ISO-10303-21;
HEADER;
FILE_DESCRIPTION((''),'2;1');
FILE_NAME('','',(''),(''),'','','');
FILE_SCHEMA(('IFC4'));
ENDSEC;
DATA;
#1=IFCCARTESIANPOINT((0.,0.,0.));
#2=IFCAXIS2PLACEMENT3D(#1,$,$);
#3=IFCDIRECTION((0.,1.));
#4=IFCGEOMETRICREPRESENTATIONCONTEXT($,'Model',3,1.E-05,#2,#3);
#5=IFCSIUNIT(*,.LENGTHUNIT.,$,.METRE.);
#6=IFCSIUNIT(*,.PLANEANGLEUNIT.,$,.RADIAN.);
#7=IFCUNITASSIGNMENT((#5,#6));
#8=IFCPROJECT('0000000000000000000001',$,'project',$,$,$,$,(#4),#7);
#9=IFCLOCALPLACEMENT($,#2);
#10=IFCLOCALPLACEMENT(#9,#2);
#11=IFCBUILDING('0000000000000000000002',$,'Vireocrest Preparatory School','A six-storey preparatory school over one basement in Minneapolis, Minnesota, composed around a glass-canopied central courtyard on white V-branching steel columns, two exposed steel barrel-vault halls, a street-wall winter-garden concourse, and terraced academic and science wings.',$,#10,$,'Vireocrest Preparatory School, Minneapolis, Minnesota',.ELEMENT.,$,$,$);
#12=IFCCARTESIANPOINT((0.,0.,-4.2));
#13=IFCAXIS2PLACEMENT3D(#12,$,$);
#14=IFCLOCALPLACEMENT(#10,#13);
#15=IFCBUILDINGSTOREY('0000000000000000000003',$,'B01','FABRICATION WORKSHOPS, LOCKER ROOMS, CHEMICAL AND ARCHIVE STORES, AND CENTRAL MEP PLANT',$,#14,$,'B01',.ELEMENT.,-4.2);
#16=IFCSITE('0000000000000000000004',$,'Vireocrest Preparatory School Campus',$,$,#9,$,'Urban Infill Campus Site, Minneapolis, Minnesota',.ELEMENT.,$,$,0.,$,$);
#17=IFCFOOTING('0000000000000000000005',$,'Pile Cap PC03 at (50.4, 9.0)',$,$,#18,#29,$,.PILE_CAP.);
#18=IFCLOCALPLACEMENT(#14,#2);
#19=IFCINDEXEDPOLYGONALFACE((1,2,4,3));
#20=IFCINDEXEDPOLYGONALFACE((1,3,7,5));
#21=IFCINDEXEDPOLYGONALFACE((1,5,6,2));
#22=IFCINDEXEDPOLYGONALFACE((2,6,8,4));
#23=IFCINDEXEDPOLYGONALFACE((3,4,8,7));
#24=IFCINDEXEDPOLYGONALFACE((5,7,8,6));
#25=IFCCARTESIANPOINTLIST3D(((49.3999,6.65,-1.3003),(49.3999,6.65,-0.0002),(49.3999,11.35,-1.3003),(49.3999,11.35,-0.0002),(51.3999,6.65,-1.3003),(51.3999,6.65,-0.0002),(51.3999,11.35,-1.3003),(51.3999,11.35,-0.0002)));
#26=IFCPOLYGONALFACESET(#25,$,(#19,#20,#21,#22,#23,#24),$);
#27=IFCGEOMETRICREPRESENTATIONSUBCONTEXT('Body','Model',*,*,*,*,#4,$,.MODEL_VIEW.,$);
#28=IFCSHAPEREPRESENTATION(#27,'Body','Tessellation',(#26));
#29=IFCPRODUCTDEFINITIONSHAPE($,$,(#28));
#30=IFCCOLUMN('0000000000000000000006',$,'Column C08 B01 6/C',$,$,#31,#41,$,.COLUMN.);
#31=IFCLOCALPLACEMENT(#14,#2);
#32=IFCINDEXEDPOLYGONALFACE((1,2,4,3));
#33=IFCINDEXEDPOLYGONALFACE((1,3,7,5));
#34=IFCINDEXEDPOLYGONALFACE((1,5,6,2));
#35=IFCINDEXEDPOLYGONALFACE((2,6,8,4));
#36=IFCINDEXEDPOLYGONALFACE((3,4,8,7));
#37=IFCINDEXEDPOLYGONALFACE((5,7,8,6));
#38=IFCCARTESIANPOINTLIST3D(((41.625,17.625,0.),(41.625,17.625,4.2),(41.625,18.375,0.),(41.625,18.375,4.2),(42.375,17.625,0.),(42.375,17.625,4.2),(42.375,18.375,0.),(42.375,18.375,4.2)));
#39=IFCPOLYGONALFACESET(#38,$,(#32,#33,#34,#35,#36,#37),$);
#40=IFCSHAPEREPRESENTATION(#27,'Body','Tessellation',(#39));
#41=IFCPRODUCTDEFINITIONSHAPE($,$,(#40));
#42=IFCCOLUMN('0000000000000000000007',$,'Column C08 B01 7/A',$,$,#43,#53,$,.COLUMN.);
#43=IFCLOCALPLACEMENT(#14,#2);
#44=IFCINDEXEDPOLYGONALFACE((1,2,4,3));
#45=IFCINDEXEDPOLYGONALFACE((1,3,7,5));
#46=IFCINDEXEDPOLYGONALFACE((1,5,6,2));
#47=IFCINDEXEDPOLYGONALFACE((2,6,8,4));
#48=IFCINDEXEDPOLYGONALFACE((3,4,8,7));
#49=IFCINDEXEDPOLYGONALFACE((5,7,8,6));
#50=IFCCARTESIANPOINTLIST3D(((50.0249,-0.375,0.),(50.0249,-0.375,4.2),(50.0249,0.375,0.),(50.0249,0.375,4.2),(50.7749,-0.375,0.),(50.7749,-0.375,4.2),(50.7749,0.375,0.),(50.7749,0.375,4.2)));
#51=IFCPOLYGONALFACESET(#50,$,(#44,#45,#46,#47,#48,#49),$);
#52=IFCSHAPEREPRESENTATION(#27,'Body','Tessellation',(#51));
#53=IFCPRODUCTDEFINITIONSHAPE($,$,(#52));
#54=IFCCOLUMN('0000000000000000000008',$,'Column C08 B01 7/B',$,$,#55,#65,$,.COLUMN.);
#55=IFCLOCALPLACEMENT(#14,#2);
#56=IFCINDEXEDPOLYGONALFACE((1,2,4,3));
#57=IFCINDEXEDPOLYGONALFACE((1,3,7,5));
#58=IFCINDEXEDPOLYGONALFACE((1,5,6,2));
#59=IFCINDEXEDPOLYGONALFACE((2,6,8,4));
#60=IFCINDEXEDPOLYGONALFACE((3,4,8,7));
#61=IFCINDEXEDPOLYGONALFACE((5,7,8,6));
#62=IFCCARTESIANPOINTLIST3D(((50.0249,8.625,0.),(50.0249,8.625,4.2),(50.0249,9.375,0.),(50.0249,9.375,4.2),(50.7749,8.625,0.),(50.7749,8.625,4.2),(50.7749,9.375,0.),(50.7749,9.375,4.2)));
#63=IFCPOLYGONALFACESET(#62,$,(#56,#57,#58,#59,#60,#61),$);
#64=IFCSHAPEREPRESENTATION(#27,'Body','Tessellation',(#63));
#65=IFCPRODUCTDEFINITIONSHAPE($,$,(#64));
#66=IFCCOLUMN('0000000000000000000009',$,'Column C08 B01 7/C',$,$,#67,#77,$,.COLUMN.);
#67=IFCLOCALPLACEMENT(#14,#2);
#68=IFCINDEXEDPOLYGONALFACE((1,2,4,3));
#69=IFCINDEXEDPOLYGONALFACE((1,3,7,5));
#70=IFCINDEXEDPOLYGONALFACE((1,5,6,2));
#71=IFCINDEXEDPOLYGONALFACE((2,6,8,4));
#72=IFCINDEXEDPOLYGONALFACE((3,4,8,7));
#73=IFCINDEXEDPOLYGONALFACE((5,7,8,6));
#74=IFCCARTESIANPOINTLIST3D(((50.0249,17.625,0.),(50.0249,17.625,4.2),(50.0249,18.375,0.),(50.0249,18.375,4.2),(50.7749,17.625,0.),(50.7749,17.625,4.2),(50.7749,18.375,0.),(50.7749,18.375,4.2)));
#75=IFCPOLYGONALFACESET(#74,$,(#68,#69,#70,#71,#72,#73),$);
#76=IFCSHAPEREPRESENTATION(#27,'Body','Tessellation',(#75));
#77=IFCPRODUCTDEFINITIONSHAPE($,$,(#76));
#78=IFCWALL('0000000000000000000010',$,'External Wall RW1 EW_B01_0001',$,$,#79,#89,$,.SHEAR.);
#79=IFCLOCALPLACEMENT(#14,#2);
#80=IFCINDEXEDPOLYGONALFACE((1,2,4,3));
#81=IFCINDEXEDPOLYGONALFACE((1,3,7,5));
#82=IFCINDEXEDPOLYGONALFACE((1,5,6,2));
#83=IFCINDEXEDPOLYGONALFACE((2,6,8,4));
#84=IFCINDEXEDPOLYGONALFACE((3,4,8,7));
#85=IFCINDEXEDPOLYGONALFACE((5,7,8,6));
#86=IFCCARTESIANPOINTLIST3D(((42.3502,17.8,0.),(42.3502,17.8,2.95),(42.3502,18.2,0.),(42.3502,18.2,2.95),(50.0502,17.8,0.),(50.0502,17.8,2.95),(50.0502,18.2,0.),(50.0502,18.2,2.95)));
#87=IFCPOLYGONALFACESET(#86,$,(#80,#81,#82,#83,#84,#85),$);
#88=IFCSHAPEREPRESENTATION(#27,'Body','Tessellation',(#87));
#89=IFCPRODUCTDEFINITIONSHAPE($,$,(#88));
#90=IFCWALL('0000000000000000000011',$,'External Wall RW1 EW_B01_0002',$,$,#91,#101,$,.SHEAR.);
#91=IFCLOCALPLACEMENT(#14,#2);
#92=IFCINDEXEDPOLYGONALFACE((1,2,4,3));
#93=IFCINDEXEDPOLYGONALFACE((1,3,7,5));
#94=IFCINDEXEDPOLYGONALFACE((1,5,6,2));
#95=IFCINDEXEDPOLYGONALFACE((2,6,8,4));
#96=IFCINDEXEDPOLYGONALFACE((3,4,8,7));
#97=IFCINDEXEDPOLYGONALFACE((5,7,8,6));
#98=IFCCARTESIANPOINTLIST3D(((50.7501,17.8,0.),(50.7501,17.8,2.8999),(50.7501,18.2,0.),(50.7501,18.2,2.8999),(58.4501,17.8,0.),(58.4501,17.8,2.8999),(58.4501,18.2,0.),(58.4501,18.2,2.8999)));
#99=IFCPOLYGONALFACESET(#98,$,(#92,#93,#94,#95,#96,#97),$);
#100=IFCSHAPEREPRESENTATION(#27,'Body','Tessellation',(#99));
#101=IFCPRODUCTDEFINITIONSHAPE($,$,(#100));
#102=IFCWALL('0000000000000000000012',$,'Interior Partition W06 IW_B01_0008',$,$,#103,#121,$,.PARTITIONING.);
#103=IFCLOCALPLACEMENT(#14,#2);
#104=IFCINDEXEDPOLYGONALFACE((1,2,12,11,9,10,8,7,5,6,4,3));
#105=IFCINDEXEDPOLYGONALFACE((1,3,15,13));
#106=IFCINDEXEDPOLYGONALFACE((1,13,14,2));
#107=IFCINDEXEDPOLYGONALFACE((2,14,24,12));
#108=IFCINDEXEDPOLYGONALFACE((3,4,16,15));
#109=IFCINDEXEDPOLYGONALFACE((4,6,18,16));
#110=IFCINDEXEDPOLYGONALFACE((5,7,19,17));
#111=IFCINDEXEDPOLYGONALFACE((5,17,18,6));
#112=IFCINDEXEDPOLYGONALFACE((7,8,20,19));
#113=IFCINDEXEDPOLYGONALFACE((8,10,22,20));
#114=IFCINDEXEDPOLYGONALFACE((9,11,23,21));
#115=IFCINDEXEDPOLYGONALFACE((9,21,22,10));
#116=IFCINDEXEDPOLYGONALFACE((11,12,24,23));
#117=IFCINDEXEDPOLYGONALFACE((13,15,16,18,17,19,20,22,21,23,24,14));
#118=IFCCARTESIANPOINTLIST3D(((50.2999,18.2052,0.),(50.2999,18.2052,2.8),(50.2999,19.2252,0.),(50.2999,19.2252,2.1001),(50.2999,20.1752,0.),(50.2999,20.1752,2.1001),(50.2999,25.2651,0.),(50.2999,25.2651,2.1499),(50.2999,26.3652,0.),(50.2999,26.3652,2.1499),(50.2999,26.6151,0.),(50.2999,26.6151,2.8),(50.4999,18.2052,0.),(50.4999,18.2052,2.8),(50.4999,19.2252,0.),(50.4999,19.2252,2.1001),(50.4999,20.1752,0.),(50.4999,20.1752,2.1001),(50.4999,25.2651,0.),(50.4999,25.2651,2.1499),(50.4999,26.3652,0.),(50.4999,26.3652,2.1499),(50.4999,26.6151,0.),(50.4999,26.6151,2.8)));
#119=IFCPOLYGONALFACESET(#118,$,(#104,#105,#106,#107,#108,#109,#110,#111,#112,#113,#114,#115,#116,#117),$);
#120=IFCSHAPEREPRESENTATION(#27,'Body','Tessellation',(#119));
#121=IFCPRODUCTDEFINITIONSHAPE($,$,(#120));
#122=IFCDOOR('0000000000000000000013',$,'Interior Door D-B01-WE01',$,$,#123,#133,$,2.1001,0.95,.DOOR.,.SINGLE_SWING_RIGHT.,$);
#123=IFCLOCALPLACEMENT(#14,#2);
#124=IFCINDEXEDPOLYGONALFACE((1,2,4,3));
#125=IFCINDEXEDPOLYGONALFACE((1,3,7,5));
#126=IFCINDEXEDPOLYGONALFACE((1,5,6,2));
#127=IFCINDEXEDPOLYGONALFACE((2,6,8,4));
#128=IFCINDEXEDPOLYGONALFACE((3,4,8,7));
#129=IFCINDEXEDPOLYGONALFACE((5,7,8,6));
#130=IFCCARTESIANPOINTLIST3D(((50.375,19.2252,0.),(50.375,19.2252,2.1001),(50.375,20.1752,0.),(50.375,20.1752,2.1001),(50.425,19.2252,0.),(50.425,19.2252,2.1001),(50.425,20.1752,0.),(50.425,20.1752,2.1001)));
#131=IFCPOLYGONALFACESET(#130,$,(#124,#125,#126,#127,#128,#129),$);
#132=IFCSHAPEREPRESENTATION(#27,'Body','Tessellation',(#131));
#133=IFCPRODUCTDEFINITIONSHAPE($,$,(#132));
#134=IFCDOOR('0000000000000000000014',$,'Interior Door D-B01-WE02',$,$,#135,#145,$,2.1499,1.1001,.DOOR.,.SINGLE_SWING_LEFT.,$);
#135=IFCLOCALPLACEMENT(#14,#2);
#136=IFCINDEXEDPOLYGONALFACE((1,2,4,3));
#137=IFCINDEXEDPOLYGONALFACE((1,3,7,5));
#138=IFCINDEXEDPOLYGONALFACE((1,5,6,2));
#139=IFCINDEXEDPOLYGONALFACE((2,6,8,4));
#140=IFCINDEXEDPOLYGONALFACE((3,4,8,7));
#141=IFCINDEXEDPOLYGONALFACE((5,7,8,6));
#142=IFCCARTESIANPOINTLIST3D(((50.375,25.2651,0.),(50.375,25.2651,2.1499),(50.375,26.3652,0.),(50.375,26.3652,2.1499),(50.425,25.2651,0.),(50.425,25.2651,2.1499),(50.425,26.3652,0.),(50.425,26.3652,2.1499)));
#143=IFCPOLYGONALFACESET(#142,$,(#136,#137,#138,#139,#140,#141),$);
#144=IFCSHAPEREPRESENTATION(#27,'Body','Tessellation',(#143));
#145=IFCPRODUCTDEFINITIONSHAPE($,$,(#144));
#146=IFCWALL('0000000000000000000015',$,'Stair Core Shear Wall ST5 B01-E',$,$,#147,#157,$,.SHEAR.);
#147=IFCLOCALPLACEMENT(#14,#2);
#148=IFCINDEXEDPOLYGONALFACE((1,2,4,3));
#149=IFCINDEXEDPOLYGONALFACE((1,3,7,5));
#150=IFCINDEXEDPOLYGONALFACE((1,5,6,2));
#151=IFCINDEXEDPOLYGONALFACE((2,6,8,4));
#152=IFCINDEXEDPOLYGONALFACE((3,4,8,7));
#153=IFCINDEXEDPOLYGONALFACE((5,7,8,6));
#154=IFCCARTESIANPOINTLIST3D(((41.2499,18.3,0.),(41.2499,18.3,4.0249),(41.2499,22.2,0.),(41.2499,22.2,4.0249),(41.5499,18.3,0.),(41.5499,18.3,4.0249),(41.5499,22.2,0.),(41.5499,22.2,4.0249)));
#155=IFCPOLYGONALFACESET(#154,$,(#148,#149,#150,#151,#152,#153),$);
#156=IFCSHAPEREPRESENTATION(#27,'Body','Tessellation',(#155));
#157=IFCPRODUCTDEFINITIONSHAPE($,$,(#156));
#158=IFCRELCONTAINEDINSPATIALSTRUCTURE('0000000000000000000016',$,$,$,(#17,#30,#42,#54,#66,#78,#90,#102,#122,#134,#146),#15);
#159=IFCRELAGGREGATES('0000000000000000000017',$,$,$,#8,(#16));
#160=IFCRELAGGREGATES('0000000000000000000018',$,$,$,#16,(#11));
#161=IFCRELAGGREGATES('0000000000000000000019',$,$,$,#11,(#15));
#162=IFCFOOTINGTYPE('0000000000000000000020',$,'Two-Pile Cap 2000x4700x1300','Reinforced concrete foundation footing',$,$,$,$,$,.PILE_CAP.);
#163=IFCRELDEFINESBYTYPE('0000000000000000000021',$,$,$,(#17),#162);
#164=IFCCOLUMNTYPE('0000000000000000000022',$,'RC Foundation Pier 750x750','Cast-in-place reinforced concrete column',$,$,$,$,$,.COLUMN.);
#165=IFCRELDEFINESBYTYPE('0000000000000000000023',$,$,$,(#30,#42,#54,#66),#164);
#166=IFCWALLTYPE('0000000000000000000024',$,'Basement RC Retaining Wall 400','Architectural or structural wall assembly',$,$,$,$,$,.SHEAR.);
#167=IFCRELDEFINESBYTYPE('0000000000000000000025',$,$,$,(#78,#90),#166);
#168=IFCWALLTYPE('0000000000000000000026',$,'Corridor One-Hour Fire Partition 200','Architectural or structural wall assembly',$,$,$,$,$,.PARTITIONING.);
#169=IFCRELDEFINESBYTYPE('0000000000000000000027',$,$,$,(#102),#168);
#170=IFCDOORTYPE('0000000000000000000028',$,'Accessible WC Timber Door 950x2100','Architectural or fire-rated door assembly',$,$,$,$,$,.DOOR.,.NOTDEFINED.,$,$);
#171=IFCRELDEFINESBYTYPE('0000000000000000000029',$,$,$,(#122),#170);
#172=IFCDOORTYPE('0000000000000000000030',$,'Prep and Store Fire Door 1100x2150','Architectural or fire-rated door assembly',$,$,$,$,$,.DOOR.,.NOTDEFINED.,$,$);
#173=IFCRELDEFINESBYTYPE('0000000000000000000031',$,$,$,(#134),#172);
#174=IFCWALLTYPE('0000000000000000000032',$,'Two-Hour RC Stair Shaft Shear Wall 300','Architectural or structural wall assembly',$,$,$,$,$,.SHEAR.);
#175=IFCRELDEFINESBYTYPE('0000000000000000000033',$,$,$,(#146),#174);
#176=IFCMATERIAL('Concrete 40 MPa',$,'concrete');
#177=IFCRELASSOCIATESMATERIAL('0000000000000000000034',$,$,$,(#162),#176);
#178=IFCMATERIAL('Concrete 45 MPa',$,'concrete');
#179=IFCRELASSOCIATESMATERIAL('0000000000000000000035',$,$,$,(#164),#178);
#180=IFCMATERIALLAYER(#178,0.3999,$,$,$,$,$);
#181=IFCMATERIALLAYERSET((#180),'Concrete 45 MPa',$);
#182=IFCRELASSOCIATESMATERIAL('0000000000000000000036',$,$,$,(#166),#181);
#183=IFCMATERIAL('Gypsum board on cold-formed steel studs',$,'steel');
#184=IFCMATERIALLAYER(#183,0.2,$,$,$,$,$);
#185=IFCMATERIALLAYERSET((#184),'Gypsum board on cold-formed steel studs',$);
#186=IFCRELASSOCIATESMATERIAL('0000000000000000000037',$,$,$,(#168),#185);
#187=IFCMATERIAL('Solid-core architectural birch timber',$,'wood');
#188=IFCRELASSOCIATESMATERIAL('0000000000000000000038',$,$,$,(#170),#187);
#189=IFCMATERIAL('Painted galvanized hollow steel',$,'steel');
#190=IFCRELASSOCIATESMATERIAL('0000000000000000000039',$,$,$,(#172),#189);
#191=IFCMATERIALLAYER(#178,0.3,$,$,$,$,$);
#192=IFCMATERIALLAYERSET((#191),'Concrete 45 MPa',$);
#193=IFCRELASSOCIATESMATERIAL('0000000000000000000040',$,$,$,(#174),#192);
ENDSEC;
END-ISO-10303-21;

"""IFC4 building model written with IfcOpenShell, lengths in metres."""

from ifc_helpers import new_model, si_unit, direction, frame, frame_2d, origin, origin_2d, place, context, subcontext, project, spatial, rectangle, extrude, material, layer, layer_set, material_profile, profile_set, type_object, element, fill, save


model = new_model("IFC4")

# Units and contexts
model_context = context("Model", 3, precision=1e-05, world=origin(), true_north=direction((0.0, 1.0)))
body_context = subcontext(model_context, "Body", "Model", "MODEL_VIEW")
ifc_project = project(units=[si_unit("LENGTHUNIT", "METRE"), si_unit("PLANEANGLEUNIT", "RADIAN")], contexts=[model_context])

# Site, building, storey
site_placement = place(None, origin())
site = spatial("IfcSite", under=ifc_project, at=site_placement, Name="Vireocrest Preparatory School Campus", LongName="Urban Infill Campus Site, Minneapolis, Minnesota", CompositionType="ELEMENT", RefElevation=0.0)
building_placement = place(site_placement, origin())
building = spatial("IfcBuilding", under=site, at=building_placement, Name="Vireocrest Preparatory School", Description="A six-storey preparatory school over one basement in Minneapolis, Minnesota, composed around a glass-canopied central courtyard on white V-branching steel columns, two exposed steel barrel-vault halls, a street-wall winter-garden concourse, and terraced academic and science wings.", LongName="Vireocrest Preparatory School, Minneapolis, Minnesota", CompositionType="ELEMENT")
storey_placement = place(building_placement, frame((0.0, 0.0, -4.2)))
storey = spatial("IfcBuildingStorey", under=building, at=storey_placement, Name="B01", Description="FABRICATION WORKSHOPS, LOCKER ROOMS, CHEMICAL AND ARCHIVE STORES, AND CENTRAL MEP PLANT", LongName="B01", CompositionType="ELEMENT", Elevation=-4.2)

# Shared definitions
ifc_material_1 = material(Name="Concrete 40 MPa", Category="concrete")

# Footing
footing_type_1 = type_object("IfcFootingType", Name="Two-Pile Cap 2000x4700x1300", Description="Reinforced concrete foundation footing", PredefinedType="PILE_CAP", material=ifc_material_1)
footing_1_placement = place(storey_placement, frame((50.3999, 9.0, -1.3003), z_axis=(0.0, 0.0, 1.0), x_axis=(1.0, 0.0, 0.0)))
element("IfcFooting", 1, at=footing_1_placement, inside=storey, type_object=footing_type_1, Name="Pile Cap PC03 at (50.4, 9.0)", PredefinedType="PILE_CAP", context=body_context, shape_type="SweptSolid", body=[
    extrude(rectangle(XDim=2.0, YDim=4.7, at=origin_2d()), origin(), (0.0, 0.0, 1.0), 1.3),
])

# Columns
ifc_material_2 = material(Name="Concrete 45 MPa", Category="concrete")
ifc_material_profile_1 = material_profile(ifc_material_2, rectangle(XDim=0.75, YDim=0.75, at=origin_2d()), Name="RC 750x750")
ifc_profile_set_1 = profile_set([ifc_material_profile_1], Name="Concrete 45 MPa")
column_type = type_object("IfcColumnType", Name="RC Foundation Pier 750x750", Description="Cast-in-place reinforced concrete column", PredefinedType="COLUMN", material=ifc_profile_set_1)
for number, where, z_axis, x_axis, name in (
    (2, (42.0, 18.0, 0.0), (0.0, 0.0, 1.0), (1.0, 0.0, 0.0), "Column C08 B01 6/C"),
    (3, (50.3999, 0.0, 0.0), (0.0, 0.0, 1.0), (1.0, 0.0, 0.0), "Column C08 B01 7/A"),
    (4, (50.3999, 9.0, 0.0), (0.0, 0.0, 1.0), (1.0, 0.0, 0.0), "Column C08 B01 7/B"),
    (5, (50.3999, 18.0, 0.0), (0.0, 0.0, 1.0), (1.0, 0.0, 0.0), "Column C08 B01 7/C"),
):
    element("IfcColumn", number, at=place(storey_placement, frame(where, z_axis=z_axis, x_axis=x_axis)), inside=storey, type_object=column_type, Name=name, PredefinedType="COLUMN", context=body_context, shape_type="SweptSolid", body=[
        extrude(rectangle(XDim=0.75, YDim=0.75, at=origin_2d()), origin(), (0.0, 0.0, 1.0), 4.2),
    ])

# Walls
ifc_layer_1 = layer(ifc_material_2, 0.3999)
ifc_layer_set_1 = layer_set([ifc_layer_1], Name="Concrete 45 MPa")
wall_type_1 = type_object("IfcWallType", Name="Basement RC Retaining Wall 400", Description="Architectural or structural wall assembly", PredefinedType="SHEAR", material=ifc_layer_set_1)
wall_1_placement = place(storey_placement, frame((42.3501, 18.0, 0.0), z_axis=(0.0, 0.0, 1.0), x_axis=(1.0, 0.0, 0.0)))
element("IfcWall", 6, at=wall_1_placement, inside=storey, type_object=wall_type_1, Name="External Wall RW1 EW_B01_0001", PredefinedType="SHEAR", context=body_context, shape_type="SweptSolid", body=[
    extrude(rectangle(XDim=7.7, YDim=0.3999, at=frame_2d((3.8501, 0.0))), origin(), (0.0, 0.0, 1.0), 2.95),
])
wall_2_placement = place(storey_placement, frame((50.75, 18.0, 0.0), z_axis=(0.0, 0.0, 1.0), x_axis=(1.0, 0.0, 0.0)))
element("IfcWall", 7, at=wall_2_placement, inside=storey, type_object=wall_type_1, Name="External Wall RW1 EW_B01_0002", PredefinedType="SHEAR", context=body_context, shape_type="SweptSolid", body=[
    extrude(rectangle(XDim=7.7, YDim=0.3999, at=frame_2d((3.8501, 0.0))), origin(), (0.0, 0.0, 1.0), 2.8999),
])

# Wall, openings, doors
ifc_material_3 = material(Name="Gypsum board on cold-formed steel studs", Category="steel")
ifc_layer_2 = layer(ifc_material_3, 0.2)
ifc_layer_set_2 = layer_set([ifc_layer_2], Name="Gypsum board on cold-formed steel studs")
wall_type_2 = type_object("IfcWallType", Name="Corridor One-Hour Fire Partition 200", Description="Architectural or structural wall assembly", PredefinedType="PARTITIONING", material=ifc_layer_set_2)
wall_3_placement = place(storey_placement, frame((50.3999, 18.2051, 0.0), z_axis=(0.0, 0.0, 1.0), x_axis=(0.0, 1.0, 0.0)))
wall_3 = element("IfcWall", 8, at=wall_3_placement, inside=storey, type_object=wall_type_2, Name="Interior Partition W06 IW_B01_0008", PredefinedType="PARTITIONING", context=body_context, shape_type="SweptSolid", body=[
    extrude(rectangle(XDim=8.4099, YDim=0.2, at=frame_2d((4.2051, 0.0))), origin(), (0.0, 0.0, 1.0), 2.8),
])
opening_1_placement = place(wall_3_placement, frame((1.02, 0.0, 0.0)))
opening_1 = element("IfcOpeningElement", 9, at=opening_1_placement, cuts=wall_3, PredefinedType="OPENING", context=body_context, shape_type="SweptSolid", body=[
    extrude(rectangle(XDim=0.95, YDim=2.1001, at=frame_2d((0.4751, 1.05))), frame((0.0, 0.1099, 0.0), z_axis=(0.0, -1.0, 0.0), x_axis=(1.0, 0.0, 0.0)), (0.0, 0.0, 1.0), 0.22),
])
opening_2_placement = place(wall_3_placement, frame((7.0601, 0.0, 0.0)))
opening_2 = element("IfcOpeningElement", 10, at=opening_2_placement, cuts=wall_3, PredefinedType="OPENING", context=body_context, shape_type="SweptSolid", body=[
    extrude(rectangle(XDim=1.1001, YDim=2.1499, at=frame_2d((0.55, 1.075))), frame((0.0, 0.1099, 0.0), z_axis=(0.0, -1.0, 0.0), x_axis=(1.0, 0.0, 0.0)), (0.0, 0.0, 1.0), 0.22),
])
ifc_material_4 = material(Name="Solid-core architectural birch timber", Category="wood")
door_type_1 = type_object("IfcDoorType", Name="Accessible WC Timber Door 950x2100", Description="Architectural or fire-rated door assembly", OperationType="NOTDEFINED", PredefinedType="DOOR", material=ifc_material_4)
door_1_placement = place(opening_1_placement, origin())
door_1 = element("IfcDoor", 11, at=door_1_placement, inside=storey, type_object=door_type_1, Name="Interior Door D-B01-WE01", OperationType="SINGLE_SWING_RIGHT", OverallHeight=2.1001, OverallWidth=0.95, PredefinedType="DOOR", context=body_context, shape_type="SweptSolid", body=[
    extrude(rectangle(XDim=0.95, YDim=2.1001, at=frame_2d((0.4751, 1.05))), frame((0.0, 0.0249, 0.0), z_axis=(0.0, -1.0, 0.0), x_axis=(1.0, 0.0, 0.0)), (0.0, 0.0, 1.0), 0.05),
])
fill(opening_1, door_1)
ifc_material_5 = material(Name="Painted galvanized hollow steel", Category="steel")
door_type_2 = type_object("IfcDoorType", Name="Prep and Store Fire Door 1100x2150", Description="Architectural or fire-rated door assembly", OperationType="NOTDEFINED", PredefinedType="DOOR", material=ifc_material_5)
door_2_placement = place(opening_2_placement, origin())
door_2 = element("IfcDoor", 12, at=door_2_placement, inside=storey, type_object=door_type_2, Name="Interior Door D-B01-WE02", OperationType="SINGLE_SWING_LEFT", OverallHeight=2.1499, OverallWidth=1.1001, PredefinedType="DOOR", context=body_context, shape_type="SweptSolid", body=[
    extrude(rectangle(XDim=1.1001, YDim=2.1499, at=frame_2d((0.55, 1.075))), frame((0.0, 0.0249, 0.0), z_axis=(0.0, -1.0, 0.0), x_axis=(1.0, 0.0, 0.0)), (0.0, 0.0, 1.0), 0.05),
])
fill(opening_2, door_2)

# Wall
ifc_layer_3 = layer(ifc_material_2, 0.3)
ifc_layer_set_3 = layer_set([ifc_layer_3], Name="Concrete 45 MPa")
wall_type_3 = type_object("IfcWallType", Name="Two-Hour RC Stair Shaft Shear Wall 300", Description="Architectural or structural wall assembly", PredefinedType="SHEAR", material=ifc_layer_set_3)
wall_4_placement = place(storey_placement, frame((41.3999, 18.3, 0.0), z_axis=(0.0, 0.0, 1.0), x_axis=(0.0, 1.0, 0.0)))
element("IfcWall", 13, at=wall_4_placement, inside=storey, type_object=wall_type_3, Name="Stair Core Shear Wall ST5 B01-E", PredefinedType="SHEAR", context=body_context, shape_type="SweptSolid", body=[
    extrude(rectangle(XDim=3.8999, YDim=0.3, at=frame_2d((1.95, 0.0))), origin(), (0.0, 0.0, 1.0), 4.0249),
])

save(model, "model.ifc")
